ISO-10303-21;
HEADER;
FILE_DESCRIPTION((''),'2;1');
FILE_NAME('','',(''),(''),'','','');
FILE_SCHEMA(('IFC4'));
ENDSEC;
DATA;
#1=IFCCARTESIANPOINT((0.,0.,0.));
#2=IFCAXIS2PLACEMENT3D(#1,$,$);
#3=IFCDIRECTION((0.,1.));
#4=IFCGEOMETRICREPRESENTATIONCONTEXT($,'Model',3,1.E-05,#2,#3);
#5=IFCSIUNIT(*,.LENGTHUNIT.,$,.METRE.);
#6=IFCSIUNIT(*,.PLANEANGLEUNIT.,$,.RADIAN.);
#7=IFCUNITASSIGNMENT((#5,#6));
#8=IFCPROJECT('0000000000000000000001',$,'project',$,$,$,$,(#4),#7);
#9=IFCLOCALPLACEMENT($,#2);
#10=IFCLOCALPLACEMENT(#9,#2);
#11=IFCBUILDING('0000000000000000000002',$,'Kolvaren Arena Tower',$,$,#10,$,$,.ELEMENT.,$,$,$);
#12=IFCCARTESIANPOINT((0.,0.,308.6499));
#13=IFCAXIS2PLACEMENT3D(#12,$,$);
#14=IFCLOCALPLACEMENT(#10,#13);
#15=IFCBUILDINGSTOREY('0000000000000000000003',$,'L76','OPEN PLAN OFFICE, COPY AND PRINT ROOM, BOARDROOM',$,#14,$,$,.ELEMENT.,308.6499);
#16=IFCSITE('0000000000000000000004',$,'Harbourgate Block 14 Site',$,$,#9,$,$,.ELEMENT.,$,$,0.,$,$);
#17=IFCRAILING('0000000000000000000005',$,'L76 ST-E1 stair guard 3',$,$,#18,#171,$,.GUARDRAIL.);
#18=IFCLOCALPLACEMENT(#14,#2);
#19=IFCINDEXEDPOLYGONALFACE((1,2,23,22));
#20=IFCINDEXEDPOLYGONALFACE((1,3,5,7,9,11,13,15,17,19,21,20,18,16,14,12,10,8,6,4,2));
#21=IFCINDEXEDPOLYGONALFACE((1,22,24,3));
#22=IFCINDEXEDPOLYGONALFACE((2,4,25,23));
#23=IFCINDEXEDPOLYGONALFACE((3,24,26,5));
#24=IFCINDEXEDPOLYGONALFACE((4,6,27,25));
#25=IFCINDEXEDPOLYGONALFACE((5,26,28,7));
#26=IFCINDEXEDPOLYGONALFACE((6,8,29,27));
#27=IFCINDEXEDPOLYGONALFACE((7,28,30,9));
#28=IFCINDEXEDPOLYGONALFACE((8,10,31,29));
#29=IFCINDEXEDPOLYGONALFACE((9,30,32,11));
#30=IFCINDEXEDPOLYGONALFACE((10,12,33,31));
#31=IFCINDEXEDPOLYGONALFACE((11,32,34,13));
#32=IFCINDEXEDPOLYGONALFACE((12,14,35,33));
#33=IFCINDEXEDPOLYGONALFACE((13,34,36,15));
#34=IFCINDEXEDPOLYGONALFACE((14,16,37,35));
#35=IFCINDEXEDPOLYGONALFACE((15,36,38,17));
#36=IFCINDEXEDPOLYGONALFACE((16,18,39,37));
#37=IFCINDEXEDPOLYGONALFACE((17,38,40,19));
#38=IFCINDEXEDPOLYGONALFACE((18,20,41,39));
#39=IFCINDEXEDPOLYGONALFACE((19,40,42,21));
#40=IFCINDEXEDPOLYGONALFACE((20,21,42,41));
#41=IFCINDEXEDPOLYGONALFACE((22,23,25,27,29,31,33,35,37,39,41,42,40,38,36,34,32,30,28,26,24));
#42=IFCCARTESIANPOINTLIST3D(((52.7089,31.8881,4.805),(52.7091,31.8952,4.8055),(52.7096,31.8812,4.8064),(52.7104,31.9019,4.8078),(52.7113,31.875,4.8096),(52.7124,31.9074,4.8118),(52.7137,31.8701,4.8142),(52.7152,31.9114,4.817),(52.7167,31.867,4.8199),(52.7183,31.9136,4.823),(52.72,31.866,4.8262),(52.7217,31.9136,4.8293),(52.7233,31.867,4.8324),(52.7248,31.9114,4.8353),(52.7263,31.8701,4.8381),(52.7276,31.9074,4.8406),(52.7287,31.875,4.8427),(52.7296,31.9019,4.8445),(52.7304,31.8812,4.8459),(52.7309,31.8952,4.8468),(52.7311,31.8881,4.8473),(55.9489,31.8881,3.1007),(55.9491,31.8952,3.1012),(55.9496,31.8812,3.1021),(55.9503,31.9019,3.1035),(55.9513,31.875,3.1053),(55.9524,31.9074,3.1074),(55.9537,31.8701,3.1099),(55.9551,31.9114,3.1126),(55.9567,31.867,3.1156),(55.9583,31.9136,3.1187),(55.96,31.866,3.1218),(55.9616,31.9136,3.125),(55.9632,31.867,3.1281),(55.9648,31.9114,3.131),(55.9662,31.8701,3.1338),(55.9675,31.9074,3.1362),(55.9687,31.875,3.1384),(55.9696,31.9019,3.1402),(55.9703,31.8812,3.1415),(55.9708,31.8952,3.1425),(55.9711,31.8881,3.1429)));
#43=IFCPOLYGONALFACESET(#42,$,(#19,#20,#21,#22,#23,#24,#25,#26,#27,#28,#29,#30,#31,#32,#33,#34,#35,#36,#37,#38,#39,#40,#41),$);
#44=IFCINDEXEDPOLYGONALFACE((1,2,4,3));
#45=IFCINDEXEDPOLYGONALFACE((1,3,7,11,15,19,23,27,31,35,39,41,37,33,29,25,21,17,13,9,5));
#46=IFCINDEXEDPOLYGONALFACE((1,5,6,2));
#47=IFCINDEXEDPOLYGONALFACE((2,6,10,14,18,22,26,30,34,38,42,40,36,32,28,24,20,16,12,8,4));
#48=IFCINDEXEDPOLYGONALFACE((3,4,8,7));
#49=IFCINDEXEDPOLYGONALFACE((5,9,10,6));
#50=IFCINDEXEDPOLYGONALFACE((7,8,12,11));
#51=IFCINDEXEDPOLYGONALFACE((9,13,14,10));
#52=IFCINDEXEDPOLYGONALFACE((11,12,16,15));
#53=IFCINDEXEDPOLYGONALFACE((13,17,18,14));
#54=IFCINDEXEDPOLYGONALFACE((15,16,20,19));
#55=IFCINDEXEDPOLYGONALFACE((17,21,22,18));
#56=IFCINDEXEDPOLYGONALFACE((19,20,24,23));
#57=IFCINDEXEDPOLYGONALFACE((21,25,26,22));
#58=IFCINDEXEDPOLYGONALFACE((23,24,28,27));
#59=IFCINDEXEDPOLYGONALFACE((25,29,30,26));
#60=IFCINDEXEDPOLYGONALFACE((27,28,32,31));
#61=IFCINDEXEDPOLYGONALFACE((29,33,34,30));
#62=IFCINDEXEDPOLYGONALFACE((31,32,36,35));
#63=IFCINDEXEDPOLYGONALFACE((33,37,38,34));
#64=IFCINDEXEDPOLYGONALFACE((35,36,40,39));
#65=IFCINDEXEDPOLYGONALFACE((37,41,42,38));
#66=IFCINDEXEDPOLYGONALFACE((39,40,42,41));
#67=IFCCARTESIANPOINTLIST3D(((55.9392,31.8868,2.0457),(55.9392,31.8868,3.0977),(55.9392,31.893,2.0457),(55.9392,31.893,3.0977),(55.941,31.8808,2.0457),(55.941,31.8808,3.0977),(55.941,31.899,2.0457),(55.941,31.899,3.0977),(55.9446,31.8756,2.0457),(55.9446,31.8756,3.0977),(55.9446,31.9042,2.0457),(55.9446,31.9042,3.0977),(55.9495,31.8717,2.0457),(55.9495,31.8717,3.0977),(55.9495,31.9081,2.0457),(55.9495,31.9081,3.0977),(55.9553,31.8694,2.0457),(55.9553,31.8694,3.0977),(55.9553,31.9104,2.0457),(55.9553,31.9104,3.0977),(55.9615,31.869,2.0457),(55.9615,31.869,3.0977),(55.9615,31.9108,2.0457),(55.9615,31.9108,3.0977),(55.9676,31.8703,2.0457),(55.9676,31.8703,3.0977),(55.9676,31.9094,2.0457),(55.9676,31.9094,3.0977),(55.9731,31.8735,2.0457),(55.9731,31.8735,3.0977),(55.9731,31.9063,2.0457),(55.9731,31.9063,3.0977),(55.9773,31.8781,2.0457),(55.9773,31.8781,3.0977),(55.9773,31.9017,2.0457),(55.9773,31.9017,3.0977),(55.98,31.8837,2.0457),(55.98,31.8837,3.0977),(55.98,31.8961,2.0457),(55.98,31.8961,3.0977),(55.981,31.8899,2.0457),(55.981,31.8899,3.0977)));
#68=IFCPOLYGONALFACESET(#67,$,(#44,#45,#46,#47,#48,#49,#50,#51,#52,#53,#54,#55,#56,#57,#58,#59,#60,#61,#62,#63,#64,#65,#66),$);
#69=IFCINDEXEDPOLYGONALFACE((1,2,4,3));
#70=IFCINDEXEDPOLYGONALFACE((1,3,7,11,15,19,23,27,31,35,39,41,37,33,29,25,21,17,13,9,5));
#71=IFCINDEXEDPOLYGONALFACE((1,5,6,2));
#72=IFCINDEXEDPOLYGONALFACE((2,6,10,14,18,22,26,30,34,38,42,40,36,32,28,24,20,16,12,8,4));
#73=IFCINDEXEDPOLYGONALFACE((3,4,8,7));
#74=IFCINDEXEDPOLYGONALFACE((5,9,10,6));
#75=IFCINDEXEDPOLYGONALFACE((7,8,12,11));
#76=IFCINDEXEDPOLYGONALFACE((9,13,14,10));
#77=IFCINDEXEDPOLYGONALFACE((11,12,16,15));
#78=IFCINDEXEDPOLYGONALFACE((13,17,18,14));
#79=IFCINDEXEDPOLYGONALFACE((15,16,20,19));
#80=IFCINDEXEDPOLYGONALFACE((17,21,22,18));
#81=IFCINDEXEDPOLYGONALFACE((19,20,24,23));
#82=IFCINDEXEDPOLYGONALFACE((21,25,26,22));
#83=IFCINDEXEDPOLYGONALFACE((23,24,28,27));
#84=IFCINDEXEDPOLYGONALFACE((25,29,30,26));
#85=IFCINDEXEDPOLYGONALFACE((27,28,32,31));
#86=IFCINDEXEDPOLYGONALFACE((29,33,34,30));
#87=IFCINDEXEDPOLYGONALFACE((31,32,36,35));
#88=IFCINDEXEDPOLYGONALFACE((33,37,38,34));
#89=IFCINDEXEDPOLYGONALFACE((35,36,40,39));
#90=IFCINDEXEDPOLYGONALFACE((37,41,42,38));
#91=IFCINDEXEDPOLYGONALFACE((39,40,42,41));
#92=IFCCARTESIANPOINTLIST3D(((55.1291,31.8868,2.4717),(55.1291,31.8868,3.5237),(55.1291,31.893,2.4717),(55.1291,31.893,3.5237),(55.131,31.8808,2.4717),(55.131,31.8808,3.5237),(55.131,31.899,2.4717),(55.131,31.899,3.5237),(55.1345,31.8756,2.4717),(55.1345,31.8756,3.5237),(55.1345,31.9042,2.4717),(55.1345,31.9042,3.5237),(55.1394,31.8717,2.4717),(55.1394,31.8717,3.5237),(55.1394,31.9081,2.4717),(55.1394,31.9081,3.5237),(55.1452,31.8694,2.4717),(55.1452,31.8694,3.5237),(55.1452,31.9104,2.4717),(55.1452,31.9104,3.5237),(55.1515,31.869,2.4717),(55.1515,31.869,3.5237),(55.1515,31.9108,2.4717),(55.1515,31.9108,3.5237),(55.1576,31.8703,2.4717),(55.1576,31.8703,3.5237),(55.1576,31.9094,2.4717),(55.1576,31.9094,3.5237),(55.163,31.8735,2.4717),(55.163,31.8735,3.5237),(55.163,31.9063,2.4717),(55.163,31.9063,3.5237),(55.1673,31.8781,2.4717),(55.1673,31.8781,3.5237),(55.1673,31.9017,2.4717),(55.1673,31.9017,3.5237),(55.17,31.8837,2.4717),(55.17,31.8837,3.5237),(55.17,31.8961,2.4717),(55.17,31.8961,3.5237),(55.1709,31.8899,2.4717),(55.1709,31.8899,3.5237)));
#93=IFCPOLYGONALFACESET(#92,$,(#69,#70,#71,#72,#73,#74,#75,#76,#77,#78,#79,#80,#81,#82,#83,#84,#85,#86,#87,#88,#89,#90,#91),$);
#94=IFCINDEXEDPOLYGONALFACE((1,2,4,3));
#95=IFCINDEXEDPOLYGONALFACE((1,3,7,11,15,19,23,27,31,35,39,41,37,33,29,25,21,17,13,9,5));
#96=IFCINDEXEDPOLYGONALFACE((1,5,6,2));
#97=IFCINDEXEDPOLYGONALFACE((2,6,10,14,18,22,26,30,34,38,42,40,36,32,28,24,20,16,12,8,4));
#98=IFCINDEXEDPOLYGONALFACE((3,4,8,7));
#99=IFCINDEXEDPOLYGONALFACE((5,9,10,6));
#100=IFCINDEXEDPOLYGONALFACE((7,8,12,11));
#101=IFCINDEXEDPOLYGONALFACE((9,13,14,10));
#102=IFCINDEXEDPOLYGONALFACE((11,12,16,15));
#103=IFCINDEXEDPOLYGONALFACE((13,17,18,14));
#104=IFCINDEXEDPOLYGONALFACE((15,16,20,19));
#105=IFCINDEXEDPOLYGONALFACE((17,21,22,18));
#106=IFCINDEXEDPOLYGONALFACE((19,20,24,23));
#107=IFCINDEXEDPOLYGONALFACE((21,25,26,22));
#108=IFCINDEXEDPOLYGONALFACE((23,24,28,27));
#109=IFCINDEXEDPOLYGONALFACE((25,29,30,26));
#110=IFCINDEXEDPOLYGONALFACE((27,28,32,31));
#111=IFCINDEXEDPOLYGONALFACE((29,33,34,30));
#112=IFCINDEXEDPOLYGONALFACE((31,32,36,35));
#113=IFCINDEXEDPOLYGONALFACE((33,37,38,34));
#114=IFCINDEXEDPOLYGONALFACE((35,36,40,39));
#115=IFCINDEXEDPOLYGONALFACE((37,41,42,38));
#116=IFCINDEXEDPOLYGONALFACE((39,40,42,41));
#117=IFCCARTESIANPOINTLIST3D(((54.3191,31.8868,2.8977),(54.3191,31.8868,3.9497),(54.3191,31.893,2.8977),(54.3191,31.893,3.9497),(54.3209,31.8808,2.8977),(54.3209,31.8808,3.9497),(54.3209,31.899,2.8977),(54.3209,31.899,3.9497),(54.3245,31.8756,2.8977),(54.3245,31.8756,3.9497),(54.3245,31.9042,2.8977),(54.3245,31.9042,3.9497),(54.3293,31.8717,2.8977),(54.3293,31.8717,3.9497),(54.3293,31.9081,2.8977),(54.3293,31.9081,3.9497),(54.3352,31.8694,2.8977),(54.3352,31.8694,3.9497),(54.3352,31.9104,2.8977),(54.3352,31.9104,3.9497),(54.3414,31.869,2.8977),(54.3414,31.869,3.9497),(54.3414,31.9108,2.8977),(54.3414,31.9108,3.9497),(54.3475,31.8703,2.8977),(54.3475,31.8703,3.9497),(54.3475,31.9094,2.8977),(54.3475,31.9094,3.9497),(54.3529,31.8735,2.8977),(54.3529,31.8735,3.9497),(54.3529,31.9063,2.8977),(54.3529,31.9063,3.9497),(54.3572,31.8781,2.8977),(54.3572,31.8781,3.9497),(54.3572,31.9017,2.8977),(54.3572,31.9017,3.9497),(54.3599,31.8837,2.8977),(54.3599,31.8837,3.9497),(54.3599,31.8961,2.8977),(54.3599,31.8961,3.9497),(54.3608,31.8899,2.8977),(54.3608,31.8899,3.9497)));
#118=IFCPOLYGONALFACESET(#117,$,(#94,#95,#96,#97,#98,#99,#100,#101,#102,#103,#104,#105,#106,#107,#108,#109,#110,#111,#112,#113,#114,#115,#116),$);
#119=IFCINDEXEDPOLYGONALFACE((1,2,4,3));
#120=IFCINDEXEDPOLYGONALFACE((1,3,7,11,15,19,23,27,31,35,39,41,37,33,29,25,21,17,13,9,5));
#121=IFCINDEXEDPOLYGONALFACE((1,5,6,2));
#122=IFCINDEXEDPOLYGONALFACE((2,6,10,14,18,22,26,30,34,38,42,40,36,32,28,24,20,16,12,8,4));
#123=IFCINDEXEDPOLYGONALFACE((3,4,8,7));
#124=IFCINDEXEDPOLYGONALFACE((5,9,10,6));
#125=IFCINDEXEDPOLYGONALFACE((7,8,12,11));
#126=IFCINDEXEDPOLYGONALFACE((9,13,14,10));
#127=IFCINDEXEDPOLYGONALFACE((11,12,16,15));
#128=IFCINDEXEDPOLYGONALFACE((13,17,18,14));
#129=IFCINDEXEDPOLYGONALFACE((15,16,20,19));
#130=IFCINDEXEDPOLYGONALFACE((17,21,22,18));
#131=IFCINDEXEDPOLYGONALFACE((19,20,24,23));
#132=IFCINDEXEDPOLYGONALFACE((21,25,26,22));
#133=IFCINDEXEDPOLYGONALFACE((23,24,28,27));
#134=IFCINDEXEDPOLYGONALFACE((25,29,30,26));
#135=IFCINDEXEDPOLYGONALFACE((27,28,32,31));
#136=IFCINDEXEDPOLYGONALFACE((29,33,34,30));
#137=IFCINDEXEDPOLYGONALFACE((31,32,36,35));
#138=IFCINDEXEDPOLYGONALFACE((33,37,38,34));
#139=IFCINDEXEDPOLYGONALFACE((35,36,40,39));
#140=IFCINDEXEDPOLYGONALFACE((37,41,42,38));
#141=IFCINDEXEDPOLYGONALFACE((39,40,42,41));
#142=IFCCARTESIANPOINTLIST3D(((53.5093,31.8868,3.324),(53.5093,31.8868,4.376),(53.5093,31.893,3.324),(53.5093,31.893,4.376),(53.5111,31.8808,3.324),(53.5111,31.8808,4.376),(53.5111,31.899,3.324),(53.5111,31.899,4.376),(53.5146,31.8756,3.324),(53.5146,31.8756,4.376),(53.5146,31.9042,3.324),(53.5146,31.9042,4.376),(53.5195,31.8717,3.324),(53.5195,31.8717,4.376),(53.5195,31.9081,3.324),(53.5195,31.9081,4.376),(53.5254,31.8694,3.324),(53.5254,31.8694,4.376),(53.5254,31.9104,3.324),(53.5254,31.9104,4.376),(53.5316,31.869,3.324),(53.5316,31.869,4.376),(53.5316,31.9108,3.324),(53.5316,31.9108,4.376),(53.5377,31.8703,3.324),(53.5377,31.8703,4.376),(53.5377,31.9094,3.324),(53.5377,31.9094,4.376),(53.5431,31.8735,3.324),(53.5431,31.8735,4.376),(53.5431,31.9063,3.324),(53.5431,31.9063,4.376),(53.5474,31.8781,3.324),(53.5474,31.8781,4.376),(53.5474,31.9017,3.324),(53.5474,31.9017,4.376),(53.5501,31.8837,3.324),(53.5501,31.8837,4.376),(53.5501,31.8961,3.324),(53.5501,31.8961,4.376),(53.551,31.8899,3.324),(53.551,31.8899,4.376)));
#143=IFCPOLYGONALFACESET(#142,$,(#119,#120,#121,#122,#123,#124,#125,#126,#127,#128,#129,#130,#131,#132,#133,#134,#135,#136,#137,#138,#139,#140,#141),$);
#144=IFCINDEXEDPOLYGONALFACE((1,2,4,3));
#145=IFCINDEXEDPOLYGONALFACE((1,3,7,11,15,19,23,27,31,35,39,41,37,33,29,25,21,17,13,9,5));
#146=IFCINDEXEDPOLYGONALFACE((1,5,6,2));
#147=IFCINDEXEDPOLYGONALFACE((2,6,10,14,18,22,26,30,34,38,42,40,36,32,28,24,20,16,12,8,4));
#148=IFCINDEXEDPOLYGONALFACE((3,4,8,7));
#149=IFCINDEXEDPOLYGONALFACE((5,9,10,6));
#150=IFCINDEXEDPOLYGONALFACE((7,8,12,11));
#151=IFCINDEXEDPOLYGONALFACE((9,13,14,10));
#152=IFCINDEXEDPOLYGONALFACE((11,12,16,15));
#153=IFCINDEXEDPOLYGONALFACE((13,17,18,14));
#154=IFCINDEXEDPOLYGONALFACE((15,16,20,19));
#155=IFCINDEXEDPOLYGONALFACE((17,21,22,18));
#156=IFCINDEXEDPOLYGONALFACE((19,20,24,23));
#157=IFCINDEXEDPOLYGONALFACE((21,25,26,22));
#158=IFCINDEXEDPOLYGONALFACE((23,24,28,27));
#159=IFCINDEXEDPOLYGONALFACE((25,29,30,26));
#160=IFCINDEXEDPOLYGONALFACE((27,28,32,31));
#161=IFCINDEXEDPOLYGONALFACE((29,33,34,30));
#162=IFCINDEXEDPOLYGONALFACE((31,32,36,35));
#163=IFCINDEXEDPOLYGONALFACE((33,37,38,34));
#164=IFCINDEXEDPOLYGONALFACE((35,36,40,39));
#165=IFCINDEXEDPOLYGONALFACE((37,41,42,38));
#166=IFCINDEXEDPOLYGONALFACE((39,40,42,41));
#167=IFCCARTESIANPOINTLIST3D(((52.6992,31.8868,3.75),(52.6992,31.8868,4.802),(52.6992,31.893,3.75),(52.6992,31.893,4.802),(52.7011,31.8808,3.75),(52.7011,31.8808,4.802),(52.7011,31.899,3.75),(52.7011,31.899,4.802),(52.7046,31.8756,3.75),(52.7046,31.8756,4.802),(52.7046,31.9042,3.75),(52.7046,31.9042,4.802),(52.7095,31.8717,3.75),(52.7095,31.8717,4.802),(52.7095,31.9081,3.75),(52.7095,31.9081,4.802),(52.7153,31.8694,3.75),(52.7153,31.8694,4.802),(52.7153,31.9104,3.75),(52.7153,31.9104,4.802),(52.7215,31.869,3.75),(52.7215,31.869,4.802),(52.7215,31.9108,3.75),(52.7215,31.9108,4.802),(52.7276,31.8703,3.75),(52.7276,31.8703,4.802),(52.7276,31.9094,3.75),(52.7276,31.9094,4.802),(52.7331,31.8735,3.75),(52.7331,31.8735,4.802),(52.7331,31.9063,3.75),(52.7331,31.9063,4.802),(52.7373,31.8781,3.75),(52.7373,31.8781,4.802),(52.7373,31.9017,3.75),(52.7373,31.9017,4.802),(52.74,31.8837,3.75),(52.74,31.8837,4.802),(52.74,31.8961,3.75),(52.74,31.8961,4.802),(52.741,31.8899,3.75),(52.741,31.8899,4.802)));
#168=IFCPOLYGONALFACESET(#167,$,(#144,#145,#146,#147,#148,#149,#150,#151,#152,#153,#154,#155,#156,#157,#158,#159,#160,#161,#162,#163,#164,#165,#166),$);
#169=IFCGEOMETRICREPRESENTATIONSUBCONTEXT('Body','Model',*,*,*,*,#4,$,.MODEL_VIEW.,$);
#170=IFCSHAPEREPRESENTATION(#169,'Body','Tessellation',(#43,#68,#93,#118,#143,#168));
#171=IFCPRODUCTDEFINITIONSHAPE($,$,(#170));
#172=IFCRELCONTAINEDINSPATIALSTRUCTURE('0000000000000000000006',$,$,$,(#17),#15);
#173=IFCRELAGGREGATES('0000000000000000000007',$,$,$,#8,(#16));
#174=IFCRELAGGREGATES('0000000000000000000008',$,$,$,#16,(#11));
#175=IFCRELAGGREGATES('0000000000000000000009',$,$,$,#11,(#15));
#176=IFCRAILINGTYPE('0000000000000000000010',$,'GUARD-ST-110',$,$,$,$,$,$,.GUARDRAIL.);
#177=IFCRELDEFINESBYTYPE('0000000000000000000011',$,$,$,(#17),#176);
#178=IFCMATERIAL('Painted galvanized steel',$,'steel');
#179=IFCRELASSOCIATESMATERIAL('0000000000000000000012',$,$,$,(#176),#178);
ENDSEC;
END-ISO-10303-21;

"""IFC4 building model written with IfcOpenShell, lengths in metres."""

from ifc_helpers import new_model, si_unit, direction, frame, origin, origin_2d, place, context, subcontext, project, spatial, circle, extrude, material, type_object, element, save


model = new_model("IFC4")

# Units and contexts
model_context = context("Model", 3, precision=1e-05, world=origin(), true_north=direction((0.0, 1.0)))
body_context = subcontext(model_context, "Body", "Model", "MODEL_VIEW")
ifc_project = project(units=[si_unit("LENGTHUNIT", "METRE"), si_unit("PLANEANGLEUNIT", "RADIAN")], contexts=[model_context])

# Site, building, storey
site_placement = place(None, origin())
site = spatial("IfcSite", under=ifc_project, at=site_placement, Name="Harbourgate Block 14 Site", CompositionType="ELEMENT", RefElevation=0.0)
building_placement = place(site_placement, origin())
building = spatial("IfcBuilding", under=site, at=building_placement, Name="Kolvaren Arena Tower", CompositionType="ELEMENT")
storey_placement = place(building_placement, frame((0.0, 0.0, 308.6499)))
storey = spatial("IfcBuildingStorey", under=building, at=storey_placement, Name="L76", Description="OPEN PLAN OFFICE, COPY AND PRINT ROOM, BOARDROOM", CompositionType="ELEMENT", Elevation=308.6499)

# Railing
ifc_material_1 = material(Name="Painted galvanized steel", Category="steel")
railing_type_1 = type_object("IfcRailingType", Name="GUARD-ST-110", PredefinedType="GUARDRAIL", material=ifc_material_1)
railing_1_placement = place(storey_placement, frame((55.96, 31.8899, 2.0457)))
element("IfcRailing", 1, at=railing_1_placement, inside=storey, type_object=railing_type_1, Name="L76 ST-E1 stair guard 3", PredefinedType="GUARDRAIL", context=body_context, shape_type="SweptSolid", body=[
    extrude(circle(Radius=0.0239, at=origin_2d()), frame((0.0, 0.0, 1.0762), z_axis=(-0.885021, 0.0, 0.465551), x_axis=(0.0, -1.0, 0.0)), (0.0, 0.0, 1.0), 3.6609),
    extrude(circle(Radius=0.021, at=origin_2d()), origin(), (0.0, 0.0, 1.0), 1.052),
    extrude(circle(Radius=0.021, at=origin_2d()), frame((-0.8101, 0.0, 0.426)), (0.0, 0.0, 1.0), 1.052),
    extrude(circle(Radius=0.021, at=origin_2d()), frame((-1.6201, 0.0, 0.8521)), (0.0, 0.0, 1.0), 1.052),
    extrude(circle(Radius=0.021, at=origin_2d()), frame((-2.4299, 0.0, 1.2783)), (0.0, 0.0, 1.0), 1.052),
    extrude(circle(Radius=0.021, at=origin_2d()), frame((-3.24, 0.0, 1.7043)), (0.0, 0.0, 1.0), 1.052),
])

save(model, "model.ifc")
